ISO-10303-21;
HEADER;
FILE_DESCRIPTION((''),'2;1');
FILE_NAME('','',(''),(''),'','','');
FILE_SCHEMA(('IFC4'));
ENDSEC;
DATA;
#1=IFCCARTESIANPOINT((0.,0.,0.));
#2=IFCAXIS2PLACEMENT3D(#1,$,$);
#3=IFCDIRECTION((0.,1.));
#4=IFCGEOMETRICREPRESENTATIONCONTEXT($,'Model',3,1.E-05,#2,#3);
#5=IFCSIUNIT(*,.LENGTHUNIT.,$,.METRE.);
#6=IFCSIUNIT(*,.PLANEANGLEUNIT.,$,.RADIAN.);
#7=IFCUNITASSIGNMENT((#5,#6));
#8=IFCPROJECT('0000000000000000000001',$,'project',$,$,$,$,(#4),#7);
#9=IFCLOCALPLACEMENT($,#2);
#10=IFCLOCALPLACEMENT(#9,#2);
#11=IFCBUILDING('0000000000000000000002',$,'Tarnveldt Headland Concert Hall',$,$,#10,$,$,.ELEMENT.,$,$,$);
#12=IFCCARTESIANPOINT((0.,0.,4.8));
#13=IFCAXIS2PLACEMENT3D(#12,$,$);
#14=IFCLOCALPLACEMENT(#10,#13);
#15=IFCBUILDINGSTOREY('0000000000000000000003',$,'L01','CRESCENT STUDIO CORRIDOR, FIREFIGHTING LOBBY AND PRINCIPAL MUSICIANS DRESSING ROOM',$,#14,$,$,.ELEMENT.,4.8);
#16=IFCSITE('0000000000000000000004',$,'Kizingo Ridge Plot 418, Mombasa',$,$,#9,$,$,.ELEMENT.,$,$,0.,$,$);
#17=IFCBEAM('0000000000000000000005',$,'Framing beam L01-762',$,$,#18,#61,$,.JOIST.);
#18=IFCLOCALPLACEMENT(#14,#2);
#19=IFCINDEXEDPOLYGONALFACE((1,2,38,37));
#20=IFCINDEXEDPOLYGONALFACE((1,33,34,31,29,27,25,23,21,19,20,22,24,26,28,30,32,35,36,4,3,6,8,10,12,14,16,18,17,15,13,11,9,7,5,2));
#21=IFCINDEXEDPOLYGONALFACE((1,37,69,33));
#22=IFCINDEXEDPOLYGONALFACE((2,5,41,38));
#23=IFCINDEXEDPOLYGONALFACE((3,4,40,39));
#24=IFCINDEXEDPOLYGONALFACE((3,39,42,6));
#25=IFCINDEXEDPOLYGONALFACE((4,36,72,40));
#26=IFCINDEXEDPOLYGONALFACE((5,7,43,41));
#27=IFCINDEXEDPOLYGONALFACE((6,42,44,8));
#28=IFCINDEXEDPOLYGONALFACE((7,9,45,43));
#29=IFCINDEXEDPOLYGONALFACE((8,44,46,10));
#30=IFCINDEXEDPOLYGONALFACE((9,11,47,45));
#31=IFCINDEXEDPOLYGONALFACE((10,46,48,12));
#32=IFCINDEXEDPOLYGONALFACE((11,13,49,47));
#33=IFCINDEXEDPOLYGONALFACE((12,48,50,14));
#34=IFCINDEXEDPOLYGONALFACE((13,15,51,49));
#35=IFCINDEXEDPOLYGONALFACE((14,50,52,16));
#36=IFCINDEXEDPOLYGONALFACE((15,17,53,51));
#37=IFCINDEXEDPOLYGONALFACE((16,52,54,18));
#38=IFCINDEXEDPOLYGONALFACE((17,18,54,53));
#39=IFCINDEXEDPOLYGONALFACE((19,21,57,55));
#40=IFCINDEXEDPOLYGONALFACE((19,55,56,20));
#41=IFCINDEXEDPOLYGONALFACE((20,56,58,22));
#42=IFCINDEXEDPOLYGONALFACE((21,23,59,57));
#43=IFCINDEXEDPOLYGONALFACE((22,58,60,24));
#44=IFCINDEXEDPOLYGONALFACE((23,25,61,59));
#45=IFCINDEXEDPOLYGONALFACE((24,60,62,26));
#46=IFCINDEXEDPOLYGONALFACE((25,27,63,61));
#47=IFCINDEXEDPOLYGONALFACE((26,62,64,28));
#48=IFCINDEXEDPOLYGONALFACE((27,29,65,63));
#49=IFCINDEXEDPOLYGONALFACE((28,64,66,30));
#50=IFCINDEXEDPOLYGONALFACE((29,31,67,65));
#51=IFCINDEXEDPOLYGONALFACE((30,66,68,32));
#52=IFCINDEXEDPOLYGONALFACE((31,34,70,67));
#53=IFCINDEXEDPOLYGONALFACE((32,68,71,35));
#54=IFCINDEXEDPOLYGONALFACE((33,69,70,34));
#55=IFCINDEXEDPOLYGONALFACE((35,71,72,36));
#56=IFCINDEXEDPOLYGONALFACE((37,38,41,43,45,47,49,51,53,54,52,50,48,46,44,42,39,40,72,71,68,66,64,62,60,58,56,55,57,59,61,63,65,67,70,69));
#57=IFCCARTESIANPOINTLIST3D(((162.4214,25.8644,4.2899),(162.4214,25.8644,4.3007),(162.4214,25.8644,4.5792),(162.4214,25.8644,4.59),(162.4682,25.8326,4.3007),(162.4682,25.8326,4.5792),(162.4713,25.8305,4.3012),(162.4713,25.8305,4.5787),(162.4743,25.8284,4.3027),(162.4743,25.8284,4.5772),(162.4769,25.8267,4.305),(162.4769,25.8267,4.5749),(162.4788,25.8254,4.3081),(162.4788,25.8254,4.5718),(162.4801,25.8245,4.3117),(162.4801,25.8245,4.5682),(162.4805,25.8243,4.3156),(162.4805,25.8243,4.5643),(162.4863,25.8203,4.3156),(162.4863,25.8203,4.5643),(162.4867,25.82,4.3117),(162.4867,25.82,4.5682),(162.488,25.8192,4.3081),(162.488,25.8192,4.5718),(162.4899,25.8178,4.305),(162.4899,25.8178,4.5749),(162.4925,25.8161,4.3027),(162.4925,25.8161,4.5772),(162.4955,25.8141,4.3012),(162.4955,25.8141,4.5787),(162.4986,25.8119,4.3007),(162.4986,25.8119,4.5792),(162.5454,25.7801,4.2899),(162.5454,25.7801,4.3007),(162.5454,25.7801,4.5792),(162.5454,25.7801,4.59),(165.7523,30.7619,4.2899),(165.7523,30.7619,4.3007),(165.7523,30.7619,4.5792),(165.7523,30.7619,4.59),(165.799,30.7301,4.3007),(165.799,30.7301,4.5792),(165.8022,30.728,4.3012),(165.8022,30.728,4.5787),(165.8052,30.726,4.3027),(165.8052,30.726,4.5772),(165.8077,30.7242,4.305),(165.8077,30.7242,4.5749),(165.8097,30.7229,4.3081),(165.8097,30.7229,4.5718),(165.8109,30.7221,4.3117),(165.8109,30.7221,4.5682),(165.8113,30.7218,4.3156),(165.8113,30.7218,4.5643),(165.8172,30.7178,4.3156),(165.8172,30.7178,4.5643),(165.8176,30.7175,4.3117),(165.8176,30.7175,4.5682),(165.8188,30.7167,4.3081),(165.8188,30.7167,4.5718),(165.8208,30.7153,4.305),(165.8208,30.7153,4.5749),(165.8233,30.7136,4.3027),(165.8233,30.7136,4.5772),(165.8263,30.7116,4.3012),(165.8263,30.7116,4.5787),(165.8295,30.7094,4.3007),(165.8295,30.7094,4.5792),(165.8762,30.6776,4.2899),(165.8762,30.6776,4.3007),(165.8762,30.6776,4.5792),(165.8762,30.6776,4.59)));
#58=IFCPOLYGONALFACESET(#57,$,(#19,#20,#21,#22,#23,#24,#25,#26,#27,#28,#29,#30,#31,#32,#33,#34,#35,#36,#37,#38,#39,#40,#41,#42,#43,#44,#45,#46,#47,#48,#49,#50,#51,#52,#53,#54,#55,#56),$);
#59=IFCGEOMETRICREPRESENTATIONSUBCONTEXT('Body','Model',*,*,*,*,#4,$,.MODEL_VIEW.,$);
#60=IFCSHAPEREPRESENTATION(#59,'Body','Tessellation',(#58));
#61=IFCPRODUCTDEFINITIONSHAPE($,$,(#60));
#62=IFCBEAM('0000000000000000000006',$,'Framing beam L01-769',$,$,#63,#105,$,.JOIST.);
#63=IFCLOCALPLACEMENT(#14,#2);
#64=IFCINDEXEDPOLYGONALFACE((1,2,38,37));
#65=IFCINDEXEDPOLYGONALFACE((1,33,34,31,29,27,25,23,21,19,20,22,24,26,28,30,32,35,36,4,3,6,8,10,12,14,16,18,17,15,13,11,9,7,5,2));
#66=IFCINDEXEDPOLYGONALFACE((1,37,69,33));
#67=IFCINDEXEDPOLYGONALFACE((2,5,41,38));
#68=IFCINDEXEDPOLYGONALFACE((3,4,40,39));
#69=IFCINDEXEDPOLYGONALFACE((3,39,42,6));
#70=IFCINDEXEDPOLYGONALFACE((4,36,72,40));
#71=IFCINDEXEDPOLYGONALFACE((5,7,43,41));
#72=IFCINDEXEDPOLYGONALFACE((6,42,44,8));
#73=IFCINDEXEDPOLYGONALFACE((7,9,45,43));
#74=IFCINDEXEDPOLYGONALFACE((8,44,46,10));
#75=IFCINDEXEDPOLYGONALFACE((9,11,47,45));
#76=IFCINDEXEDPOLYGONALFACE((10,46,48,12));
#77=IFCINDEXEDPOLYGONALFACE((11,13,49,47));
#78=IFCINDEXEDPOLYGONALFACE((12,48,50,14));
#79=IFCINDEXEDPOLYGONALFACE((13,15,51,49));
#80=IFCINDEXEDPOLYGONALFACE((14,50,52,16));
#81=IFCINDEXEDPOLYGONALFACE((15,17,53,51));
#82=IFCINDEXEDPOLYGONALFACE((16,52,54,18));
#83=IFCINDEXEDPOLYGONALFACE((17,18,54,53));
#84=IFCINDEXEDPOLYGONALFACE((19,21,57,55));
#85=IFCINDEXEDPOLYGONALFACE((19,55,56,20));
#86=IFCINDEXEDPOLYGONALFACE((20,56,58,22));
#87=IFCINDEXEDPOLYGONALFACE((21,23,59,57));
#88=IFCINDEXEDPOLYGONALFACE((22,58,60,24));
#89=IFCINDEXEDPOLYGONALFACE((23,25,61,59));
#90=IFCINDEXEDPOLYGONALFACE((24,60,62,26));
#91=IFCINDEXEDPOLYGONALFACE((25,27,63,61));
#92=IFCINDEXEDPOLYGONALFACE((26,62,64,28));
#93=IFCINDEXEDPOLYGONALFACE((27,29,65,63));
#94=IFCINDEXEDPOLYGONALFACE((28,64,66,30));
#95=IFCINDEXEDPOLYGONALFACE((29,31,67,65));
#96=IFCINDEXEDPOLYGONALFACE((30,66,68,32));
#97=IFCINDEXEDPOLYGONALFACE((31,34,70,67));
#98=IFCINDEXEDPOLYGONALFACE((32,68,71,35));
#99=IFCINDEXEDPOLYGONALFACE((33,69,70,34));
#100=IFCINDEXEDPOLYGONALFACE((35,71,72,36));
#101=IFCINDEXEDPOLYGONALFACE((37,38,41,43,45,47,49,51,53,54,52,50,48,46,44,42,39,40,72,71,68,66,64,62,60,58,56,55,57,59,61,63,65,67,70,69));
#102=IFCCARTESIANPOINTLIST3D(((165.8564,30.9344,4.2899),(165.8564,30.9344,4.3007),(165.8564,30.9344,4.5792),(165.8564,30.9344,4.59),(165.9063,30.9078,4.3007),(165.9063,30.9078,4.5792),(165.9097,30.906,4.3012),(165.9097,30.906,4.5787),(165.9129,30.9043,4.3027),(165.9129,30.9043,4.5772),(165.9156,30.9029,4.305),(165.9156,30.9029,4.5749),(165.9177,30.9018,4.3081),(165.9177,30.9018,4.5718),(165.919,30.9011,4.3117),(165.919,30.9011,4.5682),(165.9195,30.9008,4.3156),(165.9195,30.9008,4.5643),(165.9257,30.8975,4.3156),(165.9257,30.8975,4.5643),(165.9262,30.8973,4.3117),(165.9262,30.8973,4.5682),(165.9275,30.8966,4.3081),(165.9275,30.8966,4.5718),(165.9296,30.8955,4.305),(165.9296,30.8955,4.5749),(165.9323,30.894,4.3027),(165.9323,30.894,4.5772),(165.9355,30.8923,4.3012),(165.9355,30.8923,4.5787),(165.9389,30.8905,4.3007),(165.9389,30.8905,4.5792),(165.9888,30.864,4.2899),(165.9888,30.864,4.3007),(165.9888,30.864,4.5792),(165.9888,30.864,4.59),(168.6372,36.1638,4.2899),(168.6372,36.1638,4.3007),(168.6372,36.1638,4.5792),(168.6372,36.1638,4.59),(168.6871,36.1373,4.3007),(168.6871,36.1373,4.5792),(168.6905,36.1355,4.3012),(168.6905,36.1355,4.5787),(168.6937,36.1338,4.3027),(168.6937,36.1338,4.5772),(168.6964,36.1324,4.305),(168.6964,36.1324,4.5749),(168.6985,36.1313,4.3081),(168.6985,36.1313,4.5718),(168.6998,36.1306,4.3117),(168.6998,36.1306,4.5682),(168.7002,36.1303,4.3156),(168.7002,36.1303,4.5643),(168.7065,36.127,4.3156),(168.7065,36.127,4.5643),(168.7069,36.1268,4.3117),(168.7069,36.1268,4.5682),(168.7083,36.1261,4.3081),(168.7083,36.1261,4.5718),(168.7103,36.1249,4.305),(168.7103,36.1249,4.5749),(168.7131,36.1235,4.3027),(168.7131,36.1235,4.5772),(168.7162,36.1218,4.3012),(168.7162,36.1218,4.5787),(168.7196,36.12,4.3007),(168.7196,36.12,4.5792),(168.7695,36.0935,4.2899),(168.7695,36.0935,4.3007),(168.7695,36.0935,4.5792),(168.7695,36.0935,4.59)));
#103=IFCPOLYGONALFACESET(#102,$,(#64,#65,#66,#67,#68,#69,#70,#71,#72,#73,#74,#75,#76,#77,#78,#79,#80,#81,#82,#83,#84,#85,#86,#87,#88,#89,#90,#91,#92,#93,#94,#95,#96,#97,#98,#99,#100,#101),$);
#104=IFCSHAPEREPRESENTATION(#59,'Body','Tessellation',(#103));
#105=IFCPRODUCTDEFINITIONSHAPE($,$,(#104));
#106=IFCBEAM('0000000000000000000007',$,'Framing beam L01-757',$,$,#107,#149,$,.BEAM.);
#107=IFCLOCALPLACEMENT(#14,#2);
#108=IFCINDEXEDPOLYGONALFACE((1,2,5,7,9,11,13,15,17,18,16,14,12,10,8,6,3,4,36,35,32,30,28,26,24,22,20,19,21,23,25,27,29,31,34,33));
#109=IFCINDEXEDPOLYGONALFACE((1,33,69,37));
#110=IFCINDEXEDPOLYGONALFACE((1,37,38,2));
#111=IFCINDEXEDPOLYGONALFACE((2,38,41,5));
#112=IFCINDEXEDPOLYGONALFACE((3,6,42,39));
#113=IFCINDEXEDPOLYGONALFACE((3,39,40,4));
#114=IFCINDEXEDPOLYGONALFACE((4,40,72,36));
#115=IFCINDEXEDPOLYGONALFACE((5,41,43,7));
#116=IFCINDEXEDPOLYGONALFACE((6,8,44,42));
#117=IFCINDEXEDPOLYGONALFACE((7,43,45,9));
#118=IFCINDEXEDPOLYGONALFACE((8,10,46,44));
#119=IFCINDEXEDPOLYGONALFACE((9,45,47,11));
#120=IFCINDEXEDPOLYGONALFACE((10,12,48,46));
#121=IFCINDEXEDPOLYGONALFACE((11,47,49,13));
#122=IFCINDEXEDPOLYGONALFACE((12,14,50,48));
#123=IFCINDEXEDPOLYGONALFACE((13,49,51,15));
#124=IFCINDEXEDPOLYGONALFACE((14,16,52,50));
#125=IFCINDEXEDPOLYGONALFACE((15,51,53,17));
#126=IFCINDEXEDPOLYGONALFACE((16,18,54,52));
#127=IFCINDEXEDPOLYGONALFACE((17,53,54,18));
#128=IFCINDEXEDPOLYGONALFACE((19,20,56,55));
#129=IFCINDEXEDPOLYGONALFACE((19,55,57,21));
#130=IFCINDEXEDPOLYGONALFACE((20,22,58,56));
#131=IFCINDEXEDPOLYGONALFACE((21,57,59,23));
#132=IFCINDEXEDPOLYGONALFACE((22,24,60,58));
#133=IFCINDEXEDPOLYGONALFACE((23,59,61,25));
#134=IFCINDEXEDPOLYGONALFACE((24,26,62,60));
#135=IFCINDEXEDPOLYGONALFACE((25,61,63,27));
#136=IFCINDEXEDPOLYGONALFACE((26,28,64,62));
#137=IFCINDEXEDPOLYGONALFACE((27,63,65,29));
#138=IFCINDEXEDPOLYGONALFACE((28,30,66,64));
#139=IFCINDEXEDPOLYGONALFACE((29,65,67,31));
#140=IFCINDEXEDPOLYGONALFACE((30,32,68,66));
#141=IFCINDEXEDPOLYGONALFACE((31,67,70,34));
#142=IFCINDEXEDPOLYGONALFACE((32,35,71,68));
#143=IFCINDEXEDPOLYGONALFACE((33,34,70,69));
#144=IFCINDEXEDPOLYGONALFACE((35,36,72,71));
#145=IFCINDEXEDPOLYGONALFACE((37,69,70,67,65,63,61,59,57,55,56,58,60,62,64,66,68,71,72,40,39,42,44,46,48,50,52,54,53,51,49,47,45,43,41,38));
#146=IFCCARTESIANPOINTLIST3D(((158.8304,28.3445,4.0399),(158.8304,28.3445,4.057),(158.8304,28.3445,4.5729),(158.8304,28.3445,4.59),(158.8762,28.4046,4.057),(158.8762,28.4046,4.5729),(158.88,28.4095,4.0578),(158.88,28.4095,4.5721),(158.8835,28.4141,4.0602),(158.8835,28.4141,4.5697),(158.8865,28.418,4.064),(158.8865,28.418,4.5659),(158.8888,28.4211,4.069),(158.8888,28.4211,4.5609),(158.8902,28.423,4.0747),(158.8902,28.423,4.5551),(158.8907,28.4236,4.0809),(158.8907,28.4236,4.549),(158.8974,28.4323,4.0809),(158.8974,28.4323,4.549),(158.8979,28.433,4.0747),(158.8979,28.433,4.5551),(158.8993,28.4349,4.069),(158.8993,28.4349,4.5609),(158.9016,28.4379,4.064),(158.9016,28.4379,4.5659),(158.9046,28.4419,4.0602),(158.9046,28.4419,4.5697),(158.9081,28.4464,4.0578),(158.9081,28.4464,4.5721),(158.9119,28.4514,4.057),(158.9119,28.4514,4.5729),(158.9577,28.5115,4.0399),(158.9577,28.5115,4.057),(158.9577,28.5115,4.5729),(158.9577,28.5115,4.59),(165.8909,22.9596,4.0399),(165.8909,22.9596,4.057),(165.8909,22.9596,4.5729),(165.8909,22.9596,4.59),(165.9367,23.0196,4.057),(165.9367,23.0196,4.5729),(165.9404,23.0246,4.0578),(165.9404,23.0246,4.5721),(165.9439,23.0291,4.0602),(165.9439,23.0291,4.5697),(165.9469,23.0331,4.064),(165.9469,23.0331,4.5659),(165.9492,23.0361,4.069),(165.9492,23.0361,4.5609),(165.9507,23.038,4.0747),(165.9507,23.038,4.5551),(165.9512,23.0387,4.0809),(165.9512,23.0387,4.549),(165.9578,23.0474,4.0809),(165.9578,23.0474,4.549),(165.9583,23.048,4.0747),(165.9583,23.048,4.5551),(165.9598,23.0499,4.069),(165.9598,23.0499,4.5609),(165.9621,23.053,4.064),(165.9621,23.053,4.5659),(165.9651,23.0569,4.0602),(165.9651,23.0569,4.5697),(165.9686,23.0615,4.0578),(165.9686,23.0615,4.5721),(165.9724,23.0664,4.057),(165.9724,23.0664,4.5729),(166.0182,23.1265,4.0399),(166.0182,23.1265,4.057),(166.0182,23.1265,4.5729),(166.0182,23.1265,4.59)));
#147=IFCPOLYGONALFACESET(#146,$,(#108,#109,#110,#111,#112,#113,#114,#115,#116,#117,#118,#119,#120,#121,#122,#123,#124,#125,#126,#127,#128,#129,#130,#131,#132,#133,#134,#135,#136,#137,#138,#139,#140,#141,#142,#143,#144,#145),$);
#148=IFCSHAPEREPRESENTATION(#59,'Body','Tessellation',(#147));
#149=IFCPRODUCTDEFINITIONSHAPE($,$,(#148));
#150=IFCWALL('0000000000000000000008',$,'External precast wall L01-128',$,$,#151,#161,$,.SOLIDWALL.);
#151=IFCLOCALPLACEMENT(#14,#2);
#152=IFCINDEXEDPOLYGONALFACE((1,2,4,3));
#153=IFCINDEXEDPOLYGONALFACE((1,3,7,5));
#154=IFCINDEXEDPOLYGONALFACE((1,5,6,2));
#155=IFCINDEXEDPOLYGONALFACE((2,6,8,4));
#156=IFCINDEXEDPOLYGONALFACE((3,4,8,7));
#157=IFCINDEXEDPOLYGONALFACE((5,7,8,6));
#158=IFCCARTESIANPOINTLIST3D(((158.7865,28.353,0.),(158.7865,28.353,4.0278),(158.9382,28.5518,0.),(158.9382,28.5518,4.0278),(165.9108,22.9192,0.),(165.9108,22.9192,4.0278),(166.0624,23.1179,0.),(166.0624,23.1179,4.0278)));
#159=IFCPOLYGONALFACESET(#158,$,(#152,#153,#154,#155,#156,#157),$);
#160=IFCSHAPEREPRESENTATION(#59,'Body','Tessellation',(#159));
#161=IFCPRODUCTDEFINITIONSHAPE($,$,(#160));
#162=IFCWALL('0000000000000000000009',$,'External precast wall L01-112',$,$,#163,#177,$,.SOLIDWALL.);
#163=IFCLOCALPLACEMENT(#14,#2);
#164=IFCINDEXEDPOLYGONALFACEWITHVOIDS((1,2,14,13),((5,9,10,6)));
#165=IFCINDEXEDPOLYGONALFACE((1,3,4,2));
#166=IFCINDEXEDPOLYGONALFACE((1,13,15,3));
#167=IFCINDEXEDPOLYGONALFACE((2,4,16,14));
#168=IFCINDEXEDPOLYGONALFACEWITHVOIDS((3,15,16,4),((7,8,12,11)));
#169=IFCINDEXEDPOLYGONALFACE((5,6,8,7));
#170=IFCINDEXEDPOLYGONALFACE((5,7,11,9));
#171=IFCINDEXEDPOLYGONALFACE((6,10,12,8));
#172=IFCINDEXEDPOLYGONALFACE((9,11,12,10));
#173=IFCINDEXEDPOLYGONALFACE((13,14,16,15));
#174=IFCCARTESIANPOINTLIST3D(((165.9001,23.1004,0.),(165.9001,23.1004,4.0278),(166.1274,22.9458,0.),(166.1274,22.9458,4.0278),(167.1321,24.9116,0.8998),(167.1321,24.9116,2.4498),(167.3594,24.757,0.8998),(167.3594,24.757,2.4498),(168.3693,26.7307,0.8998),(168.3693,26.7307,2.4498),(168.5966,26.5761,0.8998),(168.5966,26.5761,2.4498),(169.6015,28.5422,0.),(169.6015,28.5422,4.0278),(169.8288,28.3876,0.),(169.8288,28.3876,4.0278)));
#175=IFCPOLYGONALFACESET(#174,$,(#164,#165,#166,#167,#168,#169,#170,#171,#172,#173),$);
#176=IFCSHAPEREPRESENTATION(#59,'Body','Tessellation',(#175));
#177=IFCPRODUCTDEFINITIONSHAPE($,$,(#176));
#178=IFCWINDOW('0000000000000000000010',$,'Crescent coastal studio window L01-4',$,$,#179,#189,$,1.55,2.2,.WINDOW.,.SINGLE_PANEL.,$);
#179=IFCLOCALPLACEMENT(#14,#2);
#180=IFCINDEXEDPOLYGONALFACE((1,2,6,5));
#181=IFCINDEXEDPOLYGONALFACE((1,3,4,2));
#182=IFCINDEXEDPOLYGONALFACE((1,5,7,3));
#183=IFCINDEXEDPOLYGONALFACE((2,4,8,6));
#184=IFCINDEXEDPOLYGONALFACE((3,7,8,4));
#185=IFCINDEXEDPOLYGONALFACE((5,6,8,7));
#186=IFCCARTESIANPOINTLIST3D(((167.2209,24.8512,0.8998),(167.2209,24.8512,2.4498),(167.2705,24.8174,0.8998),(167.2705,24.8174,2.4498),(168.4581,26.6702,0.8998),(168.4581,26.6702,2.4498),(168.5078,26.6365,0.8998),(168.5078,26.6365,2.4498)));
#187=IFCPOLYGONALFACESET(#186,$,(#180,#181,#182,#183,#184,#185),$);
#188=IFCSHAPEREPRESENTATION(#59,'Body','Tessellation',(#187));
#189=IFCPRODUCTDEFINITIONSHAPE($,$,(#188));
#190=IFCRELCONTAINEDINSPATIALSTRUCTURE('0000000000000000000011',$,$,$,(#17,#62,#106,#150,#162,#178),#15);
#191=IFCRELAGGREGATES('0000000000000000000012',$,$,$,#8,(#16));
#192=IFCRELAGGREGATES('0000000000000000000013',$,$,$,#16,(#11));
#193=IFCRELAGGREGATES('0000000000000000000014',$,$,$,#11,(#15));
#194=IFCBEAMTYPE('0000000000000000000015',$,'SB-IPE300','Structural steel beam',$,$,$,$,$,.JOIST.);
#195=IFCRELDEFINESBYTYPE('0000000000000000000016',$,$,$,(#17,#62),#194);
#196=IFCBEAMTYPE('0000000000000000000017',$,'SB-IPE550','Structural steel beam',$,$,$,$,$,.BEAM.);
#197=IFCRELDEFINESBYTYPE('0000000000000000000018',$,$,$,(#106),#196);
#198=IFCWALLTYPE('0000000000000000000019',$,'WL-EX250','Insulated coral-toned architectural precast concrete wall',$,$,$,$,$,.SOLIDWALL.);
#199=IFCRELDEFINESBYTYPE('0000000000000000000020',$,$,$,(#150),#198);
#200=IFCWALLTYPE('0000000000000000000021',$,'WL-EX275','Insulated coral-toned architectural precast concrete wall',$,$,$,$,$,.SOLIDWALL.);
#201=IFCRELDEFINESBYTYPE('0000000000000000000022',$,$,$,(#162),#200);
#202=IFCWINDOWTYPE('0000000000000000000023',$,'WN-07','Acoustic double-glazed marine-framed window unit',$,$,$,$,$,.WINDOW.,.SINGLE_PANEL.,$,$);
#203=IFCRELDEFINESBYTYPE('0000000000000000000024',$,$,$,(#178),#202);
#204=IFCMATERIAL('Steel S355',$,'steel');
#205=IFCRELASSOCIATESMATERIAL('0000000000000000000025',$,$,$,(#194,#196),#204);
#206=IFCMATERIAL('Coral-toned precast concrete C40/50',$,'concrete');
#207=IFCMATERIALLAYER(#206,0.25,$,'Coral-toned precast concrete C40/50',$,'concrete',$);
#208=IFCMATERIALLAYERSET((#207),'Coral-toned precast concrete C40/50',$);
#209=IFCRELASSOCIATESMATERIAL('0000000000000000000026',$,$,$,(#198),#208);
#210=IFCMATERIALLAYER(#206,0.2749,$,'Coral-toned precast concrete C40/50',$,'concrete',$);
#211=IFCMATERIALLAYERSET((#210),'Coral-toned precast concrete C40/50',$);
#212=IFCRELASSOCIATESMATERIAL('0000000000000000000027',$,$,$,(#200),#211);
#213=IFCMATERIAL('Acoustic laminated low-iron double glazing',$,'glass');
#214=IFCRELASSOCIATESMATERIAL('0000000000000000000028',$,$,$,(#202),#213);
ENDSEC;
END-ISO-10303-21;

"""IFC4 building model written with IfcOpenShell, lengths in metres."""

from ifc_helpers import new_model, si_unit, direction, frame, frame_2d, origin, origin_2d, place, context, subcontext, project, spatial, rectangle, i_section, extrude, material, layer, layer_set, material_profile, profile_set, type_object, element, fill, save


model = new_model("IFC4")

# Units and contexts
model_context = context("Model", 3, precision=1e-05, world=origin(), true_north=direction((0.0, 1.0)))
body_context = subcontext(model_context, "Body", "Model", "MODEL_VIEW")
ifc_project = project(units=[si_unit("LENGTHUNIT", "METRE"), si_unit("PLANEANGLEUNIT", "RADIAN")], contexts=[model_context])

# Site, building, storey
site_placement = place(None, origin())
site = spatial("IfcSite", under=ifc_project, at=site_placement, Name="Kizingo Ridge Plot 418, Mombasa", CompositionType="ELEMENT", RefElevation=0.0)
building_placement = place(site_placement, origin())
building = spatial("IfcBuilding", under=site, at=building_placement, Name="Tarnveldt Headland Concert Hall", CompositionType="ELEMENT")
storey_placement = place(building_placement, frame((0.0, 0.0, 4.8)))
storey = spatial("IfcBuildingStorey", under=building, at=storey_placement, Name="L01", Description="CRESCENT STUDIO CORRIDOR, FIREFIGHTING LOBBY AND PRINCIPAL MUSICIANS DRESSING ROOM", CompositionType="ELEMENT", Elevation=4.8)

# Beams
ifc_material_1 = material(Name="Steel S355", Category="steel")
ifc_material_profile_1 = material_profile(ifc_material_1, i_section(OverallWidth=0.1499, OverallDepth=0.3, WebThickness=0.0071, FlangeThickness=0.0107, FilletRadius=0.0149, at=origin_2d()), Name="IPE300", Category="steel")
ifc_profile_set_1 = profile_set([ifc_material_profile_1], Name="Steel S355")
beam_type_1 = type_object("IfcBeamType", Name="SB-IPE300", Description="Structural steel beam", PredefinedType="JOIST", material=ifc_profile_set_1)
for number, where, z_axis, x_axis, name in (
    (1, (162.4834, 25.8223, 4.4399), (0.562372, 0.826884, 0.0), (-0.826884, 0.562372, 0.0), "Framing beam L01-762"),
    (2, (165.9226, 30.8992, 4.4399), (0.469497, 0.882934, 0.0), (-0.882934, 0.469497, 0.0), "Framing beam L01-769"),
):
    element("IfcBeam", number, at=place(storey_placement, frame(where, z_axis=z_axis, x_axis=x_axis)), inside=storey, type_object=beam_type_1, Name=name, PredefinedType="JOIST", context=body_context, shape_type="SweptSolid", body=[
        extrude(i_section(OverallWidth=0.1499, OverallDepth=0.3, WebThickness=0.0071, FlangeThickness=0.0107, FilletRadius=0.0149, at=origin_2d()), origin(), (0.0, 0.0, 1.0), 5.9229),
    ])
ifc_material_profile_2 = material_profile(ifc_material_1, i_section(OverallWidth=0.21, OverallDepth=0.55, WebThickness=0.011, FlangeThickness=0.0171, FilletRadius=0.0239, at=origin_2d()), Name="IPE550", Category="steel")
ifc_profile_set_2 = profile_set([ifc_material_profile_2], Name="Steel S355")
beam_type_2 = type_object("IfcBeamType", Name="SB-IPE550", Description="Structural steel beam", PredefinedType="BEAM", material=ifc_profile_set_2)
beam_1_placement = place(storey_placement, frame((158.894, 28.428, 4.3149), z_axis=(0.795131, -0.606438, 0.0), x_axis=(0.606438, 0.795131, 0.0)))
element("IfcBeam", 3, at=beam_1_placement, inside=storey, type_object=beam_type_2, Name="Framing beam L01-757", PredefinedType="BEAM", context=body_context, shape_type="SweptSolid", body=[
    extrude(i_section(OverallWidth=0.21, OverallDepth=0.55, WebThickness=0.011, FlangeThickness=0.0171, FilletRadius=0.0239, at=origin_2d()), origin(), (0.0, 0.0, 1.0), 8.8796),
])

# Wall
ifc_material_2 = material(Name="Coral-toned precast concrete C40/50", Category="concrete")
ifc_layer_1 = layer(ifc_material_2, 0.25, Name="Coral-toned precast concrete C40/50", Category="concrete")
ifc_layer_set_1 = layer_set([ifc_layer_1], Name="Coral-toned precast concrete C40/50")
wall_type_1 = type_object("IfcWallType", Name="WL-EX250", Description="Insulated coral-toned architectural precast concrete wall", PredefinedType="SOLIDWALL", material=ifc_layer_set_1)
wall_1_placement = place(storey_placement, frame((165.9866, 23.0186, 0.0), z_axis=(0.0, 0.0, 1.0), x_axis=(-0.795118, 0.606454, 0.0)))
element("IfcWall", 4, at=wall_1_placement, inside=storey, type_object=wall_type_1, Name="External precast wall L01-128", PredefinedType="SOLIDWALL", context=body_context, shape_type="SweptSolid", body=[
    extrude(rectangle(XDim=8.96, YDim=0.25, at=frame_2d((4.48, 0.0))), origin(), (0.0, 0.0, 1.0), 4.0278),
])

# Wall, opening, window
ifc_layer_2 = layer(ifc_material_2, 0.2749, Name="Coral-toned precast concrete C40/50", Category="concrete")
ifc_layer_set_2 = layer_set([ifc_layer_2], Name="Coral-toned precast concrete C40/50")
wall_type_2 = type_object("IfcWallType", Name="WL-EX275", Description="Insulated coral-toned architectural precast concrete wall", PredefinedType="SOLIDWALL", material=ifc_layer_set_2)
wall_2_placement = place(storey_placement, frame((169.7151, 28.4648, 0.0), z_axis=(0.0, 0.0, 1.0), x_axis=(-0.562406, -0.826861, 0.0)))
wall_2 = element("IfcWall", 5, at=wall_2_placement, inside=storey, type_object=wall_type_2, Name="External precast wall L01-112", PredefinedType="SOLIDWALL", context=body_context, shape_type="SweptSolid", body=[
    extrude(rectangle(XDim=6.5813, YDim=0.2749, at=frame_2d((3.2905, 0.0))), origin(), (0.0, 0.0, 1.0), 4.0278),
])
opening_placement = place(wall_2_placement, frame((2.1907, 0.0, 0.8999)))
opening = element("IfcOpeningElement", 6, at=opening_placement, cuts=wall_2, PredefinedType="OPENING", context=body_context, shape_type="SweptSolid", body=[
    extrude(rectangle(XDim=2.2, YDim=1.55, at=frame_2d((1.1001, 0.7749))), frame((0.0, 0.1475, 0.0), z_axis=(0.0, -1.0, 0.0), x_axis=(1.0, 0.0, 0.0)), (0.0, 0.0, 1.0), 0.2949),
])
ifc_material_3 = material(Name="Acoustic laminated low-iron double glazing", Category="glass")
window_type = type_object("IfcWindowType", Name="WN-07", Description="Acoustic double-glazed marine-framed window unit", PartitioningType="SINGLE_PANEL", PredefinedType="WINDOW", material=ifc_material_3)
window_placement = place(opening_placement, origin())
window = element("IfcWindow", 7, at=window_placement, inside=storey, type_object=window_type, Name="Crescent coastal studio window L01-4", OverallHeight=1.55, OverallWidth=2.2, PartitioningType="SINGLE_PANEL", PredefinedType="WINDOW", context=body_context, shape_type="SweptSolid", body=[
    extrude(rectangle(XDim=2.2, YDim=1.55, at=frame_2d((1.1001, 0.7749))), frame((0.0, 0.03, 0.0), z_axis=(0.0, -1.0, 0.0), x_axis=(1.0, 0.0, 0.0)), (0.0, 0.0, 1.0), 0.0601),
])
fill(opening, window)

save(model, "model.ifc")
